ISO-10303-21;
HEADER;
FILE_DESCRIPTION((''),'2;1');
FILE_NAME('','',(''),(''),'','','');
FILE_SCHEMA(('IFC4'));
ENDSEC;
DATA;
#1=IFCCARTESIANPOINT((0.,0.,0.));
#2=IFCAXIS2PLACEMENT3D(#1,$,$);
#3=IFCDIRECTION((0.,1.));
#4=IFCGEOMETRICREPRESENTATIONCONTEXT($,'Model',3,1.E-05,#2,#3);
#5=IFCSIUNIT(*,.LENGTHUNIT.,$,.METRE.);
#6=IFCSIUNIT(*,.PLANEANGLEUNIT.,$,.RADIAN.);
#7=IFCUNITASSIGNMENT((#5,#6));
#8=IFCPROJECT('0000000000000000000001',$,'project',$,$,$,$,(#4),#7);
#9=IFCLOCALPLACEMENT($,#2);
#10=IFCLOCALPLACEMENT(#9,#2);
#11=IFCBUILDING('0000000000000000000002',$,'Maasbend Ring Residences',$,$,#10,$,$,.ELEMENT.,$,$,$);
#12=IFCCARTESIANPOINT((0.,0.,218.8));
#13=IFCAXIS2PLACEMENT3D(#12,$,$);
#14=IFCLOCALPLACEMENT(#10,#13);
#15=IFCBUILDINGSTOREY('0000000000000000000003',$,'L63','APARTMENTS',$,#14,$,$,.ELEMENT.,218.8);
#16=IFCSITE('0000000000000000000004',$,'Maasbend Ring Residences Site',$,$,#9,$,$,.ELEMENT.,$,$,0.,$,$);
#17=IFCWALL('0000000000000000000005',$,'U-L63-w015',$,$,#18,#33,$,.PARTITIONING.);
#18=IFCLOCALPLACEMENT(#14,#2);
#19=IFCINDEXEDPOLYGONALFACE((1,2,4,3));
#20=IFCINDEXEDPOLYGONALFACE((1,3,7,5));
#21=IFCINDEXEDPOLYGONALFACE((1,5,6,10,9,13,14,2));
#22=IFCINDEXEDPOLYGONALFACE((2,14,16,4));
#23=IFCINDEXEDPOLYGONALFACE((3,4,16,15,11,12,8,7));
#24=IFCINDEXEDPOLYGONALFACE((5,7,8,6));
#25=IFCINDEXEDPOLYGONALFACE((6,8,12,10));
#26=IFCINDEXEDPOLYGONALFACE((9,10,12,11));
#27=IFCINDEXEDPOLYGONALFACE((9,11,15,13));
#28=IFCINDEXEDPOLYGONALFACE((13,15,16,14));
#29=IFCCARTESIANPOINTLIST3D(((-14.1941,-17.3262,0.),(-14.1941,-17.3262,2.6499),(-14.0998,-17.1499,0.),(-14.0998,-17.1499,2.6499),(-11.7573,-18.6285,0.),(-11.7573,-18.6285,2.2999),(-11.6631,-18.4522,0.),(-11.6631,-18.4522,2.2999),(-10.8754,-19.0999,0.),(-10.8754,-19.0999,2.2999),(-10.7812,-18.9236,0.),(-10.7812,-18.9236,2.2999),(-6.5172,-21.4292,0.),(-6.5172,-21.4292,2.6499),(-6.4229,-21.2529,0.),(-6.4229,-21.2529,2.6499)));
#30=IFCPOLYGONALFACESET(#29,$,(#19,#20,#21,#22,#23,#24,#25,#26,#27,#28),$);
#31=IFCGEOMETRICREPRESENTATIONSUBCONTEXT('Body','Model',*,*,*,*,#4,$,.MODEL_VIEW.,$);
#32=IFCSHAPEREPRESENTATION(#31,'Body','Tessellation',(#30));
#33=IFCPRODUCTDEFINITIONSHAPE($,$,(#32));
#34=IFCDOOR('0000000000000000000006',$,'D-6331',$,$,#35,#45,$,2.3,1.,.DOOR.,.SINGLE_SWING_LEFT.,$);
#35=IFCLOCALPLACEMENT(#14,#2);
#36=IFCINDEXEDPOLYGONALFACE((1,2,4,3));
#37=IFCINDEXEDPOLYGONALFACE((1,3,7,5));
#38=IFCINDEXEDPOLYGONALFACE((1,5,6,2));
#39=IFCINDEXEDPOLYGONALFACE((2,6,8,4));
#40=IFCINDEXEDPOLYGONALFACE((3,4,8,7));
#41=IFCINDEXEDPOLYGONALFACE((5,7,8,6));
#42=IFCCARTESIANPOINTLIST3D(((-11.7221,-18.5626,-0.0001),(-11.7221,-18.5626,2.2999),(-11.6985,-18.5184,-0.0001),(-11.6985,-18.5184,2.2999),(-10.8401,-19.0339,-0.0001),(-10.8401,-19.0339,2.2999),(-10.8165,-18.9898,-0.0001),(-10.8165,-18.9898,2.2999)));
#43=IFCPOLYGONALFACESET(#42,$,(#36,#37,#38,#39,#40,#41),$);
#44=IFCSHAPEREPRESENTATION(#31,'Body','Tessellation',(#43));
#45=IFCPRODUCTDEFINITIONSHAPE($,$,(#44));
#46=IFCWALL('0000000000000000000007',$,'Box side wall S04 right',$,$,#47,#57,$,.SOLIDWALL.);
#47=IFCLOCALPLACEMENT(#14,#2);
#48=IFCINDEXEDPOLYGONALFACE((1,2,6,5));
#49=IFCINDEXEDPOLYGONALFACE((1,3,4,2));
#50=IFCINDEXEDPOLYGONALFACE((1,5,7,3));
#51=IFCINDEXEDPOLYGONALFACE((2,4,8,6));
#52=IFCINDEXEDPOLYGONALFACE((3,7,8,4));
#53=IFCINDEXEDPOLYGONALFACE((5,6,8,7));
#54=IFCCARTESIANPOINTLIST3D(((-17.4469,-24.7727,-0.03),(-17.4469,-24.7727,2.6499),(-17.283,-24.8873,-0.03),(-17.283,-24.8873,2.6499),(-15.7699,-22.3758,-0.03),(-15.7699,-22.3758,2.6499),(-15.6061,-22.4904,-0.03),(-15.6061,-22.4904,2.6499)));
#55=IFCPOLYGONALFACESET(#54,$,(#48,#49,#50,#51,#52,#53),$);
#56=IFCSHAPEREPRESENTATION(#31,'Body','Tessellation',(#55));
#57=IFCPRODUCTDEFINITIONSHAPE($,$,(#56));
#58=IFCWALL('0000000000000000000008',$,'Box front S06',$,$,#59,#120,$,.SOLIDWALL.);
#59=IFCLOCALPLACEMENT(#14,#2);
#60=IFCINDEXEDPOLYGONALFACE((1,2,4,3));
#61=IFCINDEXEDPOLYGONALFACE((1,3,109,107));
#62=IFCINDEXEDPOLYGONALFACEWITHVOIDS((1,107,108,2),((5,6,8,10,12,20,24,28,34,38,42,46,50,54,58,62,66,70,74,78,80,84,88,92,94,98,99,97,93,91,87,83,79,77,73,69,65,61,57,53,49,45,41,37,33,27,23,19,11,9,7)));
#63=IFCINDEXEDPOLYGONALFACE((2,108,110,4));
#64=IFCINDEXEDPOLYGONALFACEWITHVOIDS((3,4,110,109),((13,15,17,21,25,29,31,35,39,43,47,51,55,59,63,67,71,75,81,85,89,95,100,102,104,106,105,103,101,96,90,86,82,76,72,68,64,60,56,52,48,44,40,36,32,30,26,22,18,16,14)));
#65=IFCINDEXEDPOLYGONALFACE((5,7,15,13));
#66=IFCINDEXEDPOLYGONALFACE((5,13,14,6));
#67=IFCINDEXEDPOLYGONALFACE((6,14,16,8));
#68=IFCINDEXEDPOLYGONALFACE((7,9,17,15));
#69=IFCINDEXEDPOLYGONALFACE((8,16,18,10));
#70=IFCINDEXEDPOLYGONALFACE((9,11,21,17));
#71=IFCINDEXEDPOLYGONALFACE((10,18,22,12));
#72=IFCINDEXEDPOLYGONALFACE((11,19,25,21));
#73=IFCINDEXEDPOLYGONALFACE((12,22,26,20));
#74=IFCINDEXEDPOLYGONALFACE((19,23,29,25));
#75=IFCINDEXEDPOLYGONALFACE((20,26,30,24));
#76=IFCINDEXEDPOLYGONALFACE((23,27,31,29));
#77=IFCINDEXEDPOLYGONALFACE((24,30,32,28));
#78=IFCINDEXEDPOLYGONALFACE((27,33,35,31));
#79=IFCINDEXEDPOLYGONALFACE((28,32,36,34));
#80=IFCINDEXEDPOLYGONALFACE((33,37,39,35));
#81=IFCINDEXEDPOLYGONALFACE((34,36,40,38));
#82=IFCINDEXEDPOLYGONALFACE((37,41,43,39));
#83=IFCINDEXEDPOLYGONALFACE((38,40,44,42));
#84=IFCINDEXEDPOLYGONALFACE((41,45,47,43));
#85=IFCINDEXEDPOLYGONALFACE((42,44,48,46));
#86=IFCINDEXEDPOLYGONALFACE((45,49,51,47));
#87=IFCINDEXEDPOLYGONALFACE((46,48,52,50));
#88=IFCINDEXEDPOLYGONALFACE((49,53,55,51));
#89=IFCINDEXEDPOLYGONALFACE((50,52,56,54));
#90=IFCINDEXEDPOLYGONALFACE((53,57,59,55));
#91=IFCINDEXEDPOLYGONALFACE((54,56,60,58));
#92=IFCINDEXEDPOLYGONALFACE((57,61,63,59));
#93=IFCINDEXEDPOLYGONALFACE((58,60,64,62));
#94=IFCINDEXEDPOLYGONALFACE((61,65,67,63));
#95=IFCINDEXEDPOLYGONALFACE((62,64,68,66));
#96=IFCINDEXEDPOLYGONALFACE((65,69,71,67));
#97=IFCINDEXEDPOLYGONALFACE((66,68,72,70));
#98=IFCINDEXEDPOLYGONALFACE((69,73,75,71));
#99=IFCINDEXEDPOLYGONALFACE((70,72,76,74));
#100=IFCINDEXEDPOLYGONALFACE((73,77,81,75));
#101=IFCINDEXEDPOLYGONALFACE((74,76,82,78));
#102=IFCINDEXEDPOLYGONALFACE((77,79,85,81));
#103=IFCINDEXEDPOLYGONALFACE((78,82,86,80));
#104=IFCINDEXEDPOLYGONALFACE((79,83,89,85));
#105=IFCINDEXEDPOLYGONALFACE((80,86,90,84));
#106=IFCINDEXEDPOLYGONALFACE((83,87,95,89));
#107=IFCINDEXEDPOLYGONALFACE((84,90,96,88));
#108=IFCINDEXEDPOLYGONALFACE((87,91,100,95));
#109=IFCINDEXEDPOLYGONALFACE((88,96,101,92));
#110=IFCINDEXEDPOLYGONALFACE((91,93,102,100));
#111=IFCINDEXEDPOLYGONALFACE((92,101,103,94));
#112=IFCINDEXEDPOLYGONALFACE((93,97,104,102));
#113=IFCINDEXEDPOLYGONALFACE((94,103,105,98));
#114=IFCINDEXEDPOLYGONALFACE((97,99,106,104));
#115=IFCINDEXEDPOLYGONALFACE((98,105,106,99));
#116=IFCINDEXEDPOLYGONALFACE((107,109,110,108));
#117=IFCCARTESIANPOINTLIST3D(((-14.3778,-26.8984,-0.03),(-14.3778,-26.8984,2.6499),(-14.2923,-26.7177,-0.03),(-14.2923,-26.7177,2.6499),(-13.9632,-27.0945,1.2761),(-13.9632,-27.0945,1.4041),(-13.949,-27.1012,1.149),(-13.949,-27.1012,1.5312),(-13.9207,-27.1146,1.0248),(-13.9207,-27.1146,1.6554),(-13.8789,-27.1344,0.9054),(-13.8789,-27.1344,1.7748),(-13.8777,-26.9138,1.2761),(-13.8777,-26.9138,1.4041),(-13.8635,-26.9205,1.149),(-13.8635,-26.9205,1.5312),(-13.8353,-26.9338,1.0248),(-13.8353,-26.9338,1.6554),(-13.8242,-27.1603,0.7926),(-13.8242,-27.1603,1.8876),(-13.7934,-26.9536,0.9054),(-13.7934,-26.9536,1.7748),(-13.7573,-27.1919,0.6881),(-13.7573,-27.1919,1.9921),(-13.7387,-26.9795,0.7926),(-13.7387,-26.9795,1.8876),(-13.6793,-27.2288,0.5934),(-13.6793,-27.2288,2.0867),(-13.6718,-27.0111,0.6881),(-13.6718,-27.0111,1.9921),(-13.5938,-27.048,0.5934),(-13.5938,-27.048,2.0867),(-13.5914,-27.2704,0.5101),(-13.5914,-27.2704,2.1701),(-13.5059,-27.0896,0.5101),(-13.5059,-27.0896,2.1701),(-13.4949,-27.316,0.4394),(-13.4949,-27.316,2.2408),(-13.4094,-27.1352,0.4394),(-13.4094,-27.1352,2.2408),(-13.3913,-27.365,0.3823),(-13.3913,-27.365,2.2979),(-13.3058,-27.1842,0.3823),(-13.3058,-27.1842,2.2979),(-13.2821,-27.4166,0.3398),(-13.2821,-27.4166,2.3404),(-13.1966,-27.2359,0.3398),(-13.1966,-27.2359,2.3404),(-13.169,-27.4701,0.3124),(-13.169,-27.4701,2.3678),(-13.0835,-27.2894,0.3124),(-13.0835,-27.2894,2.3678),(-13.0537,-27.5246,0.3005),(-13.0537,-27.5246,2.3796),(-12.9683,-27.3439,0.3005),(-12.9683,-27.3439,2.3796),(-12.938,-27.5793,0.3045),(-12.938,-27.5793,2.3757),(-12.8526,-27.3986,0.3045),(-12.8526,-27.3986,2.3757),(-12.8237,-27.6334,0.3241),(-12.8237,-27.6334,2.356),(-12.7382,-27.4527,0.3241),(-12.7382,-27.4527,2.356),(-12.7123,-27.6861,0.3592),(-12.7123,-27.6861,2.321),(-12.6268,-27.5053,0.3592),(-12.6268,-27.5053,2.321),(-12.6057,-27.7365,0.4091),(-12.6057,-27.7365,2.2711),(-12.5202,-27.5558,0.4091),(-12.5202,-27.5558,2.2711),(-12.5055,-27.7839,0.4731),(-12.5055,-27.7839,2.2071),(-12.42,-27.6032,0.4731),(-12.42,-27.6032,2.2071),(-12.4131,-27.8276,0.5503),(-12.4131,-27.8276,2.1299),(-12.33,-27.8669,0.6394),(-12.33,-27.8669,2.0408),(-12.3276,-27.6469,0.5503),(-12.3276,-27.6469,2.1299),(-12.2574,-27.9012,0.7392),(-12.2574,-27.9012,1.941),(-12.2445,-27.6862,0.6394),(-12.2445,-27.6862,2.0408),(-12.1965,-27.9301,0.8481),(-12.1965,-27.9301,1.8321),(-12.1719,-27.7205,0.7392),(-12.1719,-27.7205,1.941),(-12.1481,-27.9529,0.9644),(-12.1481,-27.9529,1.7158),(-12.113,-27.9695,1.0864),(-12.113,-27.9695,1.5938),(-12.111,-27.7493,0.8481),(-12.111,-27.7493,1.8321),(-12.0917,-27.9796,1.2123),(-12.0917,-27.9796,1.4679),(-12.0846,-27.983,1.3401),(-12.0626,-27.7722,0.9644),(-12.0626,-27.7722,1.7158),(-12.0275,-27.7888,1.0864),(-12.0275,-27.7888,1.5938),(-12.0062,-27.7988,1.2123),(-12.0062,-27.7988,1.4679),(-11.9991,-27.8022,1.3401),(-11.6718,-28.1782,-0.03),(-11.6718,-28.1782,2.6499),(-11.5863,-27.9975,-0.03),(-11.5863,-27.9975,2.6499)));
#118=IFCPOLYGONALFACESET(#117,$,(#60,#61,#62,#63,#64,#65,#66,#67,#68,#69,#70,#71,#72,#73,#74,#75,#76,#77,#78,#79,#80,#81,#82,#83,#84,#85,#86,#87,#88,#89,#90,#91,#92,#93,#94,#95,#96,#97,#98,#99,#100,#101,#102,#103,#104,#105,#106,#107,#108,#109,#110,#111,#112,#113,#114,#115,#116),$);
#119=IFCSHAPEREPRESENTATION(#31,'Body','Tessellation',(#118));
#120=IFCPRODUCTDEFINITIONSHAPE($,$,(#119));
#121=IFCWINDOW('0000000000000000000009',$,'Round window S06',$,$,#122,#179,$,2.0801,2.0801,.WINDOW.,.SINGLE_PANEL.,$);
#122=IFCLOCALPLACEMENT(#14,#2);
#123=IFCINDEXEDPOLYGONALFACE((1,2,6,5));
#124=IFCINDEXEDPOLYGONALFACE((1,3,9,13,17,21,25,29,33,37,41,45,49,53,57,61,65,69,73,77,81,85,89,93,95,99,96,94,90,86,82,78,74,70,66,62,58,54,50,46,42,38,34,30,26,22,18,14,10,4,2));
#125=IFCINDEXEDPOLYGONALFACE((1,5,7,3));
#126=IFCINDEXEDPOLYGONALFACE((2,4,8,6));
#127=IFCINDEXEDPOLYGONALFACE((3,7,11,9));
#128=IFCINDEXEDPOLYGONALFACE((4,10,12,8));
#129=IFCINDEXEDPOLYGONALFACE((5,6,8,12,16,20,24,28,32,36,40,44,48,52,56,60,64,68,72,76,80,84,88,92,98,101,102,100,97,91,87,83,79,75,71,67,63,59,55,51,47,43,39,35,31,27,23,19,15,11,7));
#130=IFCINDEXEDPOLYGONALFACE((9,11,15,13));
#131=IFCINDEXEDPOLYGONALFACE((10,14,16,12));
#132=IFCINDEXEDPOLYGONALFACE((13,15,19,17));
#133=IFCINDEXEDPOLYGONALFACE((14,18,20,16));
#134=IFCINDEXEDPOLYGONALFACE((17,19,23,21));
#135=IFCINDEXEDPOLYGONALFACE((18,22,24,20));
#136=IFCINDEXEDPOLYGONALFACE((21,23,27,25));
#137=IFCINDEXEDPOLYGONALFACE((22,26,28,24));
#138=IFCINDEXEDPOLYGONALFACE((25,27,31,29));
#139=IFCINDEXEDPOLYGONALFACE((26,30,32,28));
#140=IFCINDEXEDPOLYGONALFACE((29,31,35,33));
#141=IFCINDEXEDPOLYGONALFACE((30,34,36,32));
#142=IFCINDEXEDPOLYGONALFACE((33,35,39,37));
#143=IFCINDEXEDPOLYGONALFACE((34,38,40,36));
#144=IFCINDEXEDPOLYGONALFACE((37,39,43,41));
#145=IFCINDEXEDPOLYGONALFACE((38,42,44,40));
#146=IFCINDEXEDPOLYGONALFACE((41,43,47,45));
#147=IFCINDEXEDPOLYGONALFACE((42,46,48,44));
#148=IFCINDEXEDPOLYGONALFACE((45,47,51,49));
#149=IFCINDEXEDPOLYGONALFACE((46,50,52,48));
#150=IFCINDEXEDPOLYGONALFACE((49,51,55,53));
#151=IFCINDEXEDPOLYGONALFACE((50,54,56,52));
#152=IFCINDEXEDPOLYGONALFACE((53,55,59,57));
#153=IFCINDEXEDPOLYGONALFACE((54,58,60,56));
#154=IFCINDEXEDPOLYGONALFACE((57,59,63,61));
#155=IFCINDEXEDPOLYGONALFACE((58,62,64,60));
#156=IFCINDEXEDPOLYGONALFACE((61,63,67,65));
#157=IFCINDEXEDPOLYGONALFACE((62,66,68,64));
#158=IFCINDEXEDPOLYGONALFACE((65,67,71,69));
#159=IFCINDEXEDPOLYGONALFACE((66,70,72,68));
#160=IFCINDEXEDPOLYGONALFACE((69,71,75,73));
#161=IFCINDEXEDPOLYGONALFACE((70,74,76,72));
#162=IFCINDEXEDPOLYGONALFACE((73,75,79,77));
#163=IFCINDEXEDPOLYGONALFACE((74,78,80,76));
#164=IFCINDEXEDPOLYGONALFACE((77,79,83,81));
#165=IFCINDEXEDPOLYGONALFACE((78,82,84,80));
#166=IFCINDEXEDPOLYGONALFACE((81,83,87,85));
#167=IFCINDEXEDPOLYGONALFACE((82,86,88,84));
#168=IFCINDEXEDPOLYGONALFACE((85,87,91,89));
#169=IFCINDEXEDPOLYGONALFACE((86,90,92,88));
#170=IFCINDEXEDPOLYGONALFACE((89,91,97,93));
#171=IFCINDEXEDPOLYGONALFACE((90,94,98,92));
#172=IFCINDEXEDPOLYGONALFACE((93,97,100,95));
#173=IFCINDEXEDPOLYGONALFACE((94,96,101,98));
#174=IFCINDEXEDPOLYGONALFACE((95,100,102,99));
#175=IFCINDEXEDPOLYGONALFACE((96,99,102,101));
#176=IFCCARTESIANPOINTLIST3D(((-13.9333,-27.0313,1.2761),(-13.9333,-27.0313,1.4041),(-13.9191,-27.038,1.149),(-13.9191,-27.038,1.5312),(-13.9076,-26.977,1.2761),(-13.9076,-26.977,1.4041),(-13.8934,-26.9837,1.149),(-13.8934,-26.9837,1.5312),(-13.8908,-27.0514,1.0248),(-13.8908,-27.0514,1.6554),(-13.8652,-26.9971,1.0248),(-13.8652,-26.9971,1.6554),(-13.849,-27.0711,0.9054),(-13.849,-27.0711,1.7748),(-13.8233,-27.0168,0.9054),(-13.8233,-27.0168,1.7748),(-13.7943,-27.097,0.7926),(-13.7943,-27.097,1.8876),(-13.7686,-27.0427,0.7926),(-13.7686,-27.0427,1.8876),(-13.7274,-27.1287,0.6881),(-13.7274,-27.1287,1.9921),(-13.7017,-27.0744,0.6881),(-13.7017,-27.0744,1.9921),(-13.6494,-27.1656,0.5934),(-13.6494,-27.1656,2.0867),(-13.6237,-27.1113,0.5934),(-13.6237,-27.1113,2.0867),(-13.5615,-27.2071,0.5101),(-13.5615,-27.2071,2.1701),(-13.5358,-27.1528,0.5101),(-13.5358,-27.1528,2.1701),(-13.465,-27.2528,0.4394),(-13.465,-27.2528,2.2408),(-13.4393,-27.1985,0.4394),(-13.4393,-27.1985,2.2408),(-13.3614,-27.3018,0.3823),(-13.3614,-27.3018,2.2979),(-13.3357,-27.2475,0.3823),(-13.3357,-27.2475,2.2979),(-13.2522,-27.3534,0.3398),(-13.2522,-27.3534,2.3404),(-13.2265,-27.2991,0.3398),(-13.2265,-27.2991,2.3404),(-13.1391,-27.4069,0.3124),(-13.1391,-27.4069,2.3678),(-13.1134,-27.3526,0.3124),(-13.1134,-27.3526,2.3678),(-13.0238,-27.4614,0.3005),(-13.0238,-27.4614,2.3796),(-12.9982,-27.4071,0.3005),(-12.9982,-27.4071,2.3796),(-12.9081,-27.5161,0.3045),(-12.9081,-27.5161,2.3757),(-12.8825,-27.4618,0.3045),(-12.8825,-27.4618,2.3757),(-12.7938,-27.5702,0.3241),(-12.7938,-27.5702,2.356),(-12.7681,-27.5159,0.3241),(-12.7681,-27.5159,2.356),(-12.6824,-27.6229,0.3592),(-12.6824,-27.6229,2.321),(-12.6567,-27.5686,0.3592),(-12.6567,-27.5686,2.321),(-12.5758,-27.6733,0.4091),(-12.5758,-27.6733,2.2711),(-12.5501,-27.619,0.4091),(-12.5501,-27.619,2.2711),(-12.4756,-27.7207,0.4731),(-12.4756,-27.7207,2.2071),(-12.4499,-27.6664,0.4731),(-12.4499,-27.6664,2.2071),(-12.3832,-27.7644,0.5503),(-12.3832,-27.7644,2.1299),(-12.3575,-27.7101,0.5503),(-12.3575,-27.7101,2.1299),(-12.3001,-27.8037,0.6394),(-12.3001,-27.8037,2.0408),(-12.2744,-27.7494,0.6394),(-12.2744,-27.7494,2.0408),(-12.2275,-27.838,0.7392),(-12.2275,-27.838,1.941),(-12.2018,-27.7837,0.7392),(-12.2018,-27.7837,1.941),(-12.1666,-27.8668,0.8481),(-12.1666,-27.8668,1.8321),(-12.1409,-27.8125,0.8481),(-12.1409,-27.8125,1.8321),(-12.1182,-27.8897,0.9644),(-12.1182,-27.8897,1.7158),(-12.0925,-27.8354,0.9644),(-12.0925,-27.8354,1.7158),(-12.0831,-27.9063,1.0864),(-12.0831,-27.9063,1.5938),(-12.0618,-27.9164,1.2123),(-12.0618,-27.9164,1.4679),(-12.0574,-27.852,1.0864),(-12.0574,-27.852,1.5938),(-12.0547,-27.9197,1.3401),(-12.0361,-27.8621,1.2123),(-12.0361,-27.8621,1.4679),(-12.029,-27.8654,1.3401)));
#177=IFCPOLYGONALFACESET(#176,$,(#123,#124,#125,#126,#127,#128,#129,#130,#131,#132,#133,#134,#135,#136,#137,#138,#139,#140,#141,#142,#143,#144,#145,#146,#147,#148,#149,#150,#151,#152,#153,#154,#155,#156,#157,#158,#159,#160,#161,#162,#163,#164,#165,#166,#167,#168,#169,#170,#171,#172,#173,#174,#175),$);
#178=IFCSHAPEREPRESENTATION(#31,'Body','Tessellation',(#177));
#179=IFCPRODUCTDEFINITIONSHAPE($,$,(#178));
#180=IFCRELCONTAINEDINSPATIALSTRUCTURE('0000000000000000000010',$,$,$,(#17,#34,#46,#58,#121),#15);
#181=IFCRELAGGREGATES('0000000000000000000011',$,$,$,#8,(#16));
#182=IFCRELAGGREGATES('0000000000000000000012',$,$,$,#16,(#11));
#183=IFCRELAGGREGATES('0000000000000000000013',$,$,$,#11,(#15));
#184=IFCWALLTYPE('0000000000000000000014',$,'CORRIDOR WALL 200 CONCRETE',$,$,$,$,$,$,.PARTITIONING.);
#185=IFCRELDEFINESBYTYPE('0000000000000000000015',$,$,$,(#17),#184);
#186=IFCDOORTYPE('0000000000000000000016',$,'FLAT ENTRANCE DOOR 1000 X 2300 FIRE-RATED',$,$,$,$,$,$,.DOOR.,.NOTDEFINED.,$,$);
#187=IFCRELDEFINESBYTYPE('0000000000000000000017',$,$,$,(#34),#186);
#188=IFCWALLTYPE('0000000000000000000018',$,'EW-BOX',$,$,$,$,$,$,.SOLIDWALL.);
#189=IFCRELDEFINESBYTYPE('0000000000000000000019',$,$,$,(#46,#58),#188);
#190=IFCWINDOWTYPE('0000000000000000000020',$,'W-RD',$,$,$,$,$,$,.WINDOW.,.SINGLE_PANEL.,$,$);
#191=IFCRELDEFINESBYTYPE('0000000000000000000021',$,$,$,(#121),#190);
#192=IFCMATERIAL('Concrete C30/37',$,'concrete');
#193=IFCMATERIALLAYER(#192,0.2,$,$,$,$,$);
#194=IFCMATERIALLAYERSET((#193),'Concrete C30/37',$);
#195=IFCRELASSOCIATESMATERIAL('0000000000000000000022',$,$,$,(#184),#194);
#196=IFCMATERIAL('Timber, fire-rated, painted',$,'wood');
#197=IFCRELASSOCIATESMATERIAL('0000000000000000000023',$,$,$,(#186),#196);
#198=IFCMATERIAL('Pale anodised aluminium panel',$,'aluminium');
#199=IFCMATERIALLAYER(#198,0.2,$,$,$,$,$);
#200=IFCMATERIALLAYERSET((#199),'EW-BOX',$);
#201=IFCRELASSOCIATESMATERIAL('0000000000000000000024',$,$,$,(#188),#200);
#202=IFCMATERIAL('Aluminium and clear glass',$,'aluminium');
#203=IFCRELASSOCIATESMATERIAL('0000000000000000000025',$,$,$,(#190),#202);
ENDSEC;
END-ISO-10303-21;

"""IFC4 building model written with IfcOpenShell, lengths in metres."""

from ifc_helpers import new_model, si_unit, direction, frame, frame_2d, origin, place, context, subcontext, project, spatial, rectangle, circle, extrude, material, layer, layer_set, type_object, element, fill, save


model = new_model("IFC4")

# Units and contexts
model_context = context("Model", 3, precision=1e-05, world=origin(), true_north=direction((0.0, 1.0)))
body_context = subcontext(model_context, "Body", "Model", "MODEL_VIEW")
ifc_project = project(units=[si_unit("LENGTHUNIT", "METRE"), si_unit("PLANEANGLEUNIT", "RADIAN")], contexts=[model_context])

# Site, building, storey
site_placement = place(None, origin())
site = spatial("IfcSite", under=ifc_project, at=site_placement, Name="Maasbend Ring Residences Site", CompositionType="ELEMENT", RefElevation=0.0)
building_placement = place(site_placement, origin())
building = spatial("IfcBuilding", under=site, at=building_placement, Name="Maasbend Ring Residences", CompositionType="ELEMENT")
storey_placement = place(building_placement, frame((0.0, 0.0, 218.8)))
storey = spatial("IfcBuildingStorey", under=building, at=storey_placement, Name="L63", Description="APARTMENTS", CompositionType="ELEMENT", Elevation=218.8)

# Wall, opening, door
ifc_material_1 = material(Name="Concrete C30/37", Category="concrete")
ifc_layer_1 = layer(ifc_material_1, 0.2)
ifc_layer_set_1 = layer_set([ifc_layer_1], Name="Concrete C30/37")
wall_type_1 = type_object("IfcWallType", Name="CORRIDOR WALL 200 CONCRETE", PredefinedType="PARTITIONING", material=ifc_layer_set_1)
wall_1_placement = place(storey_placement, frame((-14.147, -17.238, 0.0), z_axis=(0.0, 0.0, 1.0), x_axis=(0.881941, -0.47136, 0.0)))
wall_1 = element("IfcWall", 1, at=wall_1_placement, inside=storey, type_object=wall_type_1, Name="U-L63-w015", PredefinedType="PARTITIONING", context=body_context, shape_type="SweptSolid", body=[
    extrude(rectangle(XDim=8.7046, YDim=0.2, at=frame_2d((4.3523, 0.0))), origin(), (0.0, 0.0, 1.0), 2.6499),
])
opening_1_placement = place(wall_1_placement, frame((2.7629, 0.0, 0.0)))
opening_1 = element("IfcOpeningElement", 2, at=opening_1_placement, cuts=wall_1, PredefinedType="OPENING", context=body_context, shape_type="SweptSolid", body=[
    extrude(rectangle(XDim=1.0, YDim=2.3, at=frame_2d((0.5, 1.1499))), frame((0.0, 0.1099, 0.0), z_axis=(0.0, -1.0, 0.0), x_axis=(1.0, 0.0, 0.0)), (0.0, 0.0, 1.0), 0.22),
])
ifc_material_2 = material(Name="Timber, fire-rated, painted", Category="wood")
door_type_1 = type_object("IfcDoorType", Name="FLAT ENTRANCE DOOR 1000 X 2300 FIRE-RATED", OperationType="NOTDEFINED", PredefinedType="DOOR", material=ifc_material_2)
door_1_placement = place(opening_1_placement, origin())
door_1 = element("IfcDoor", 3, at=door_1_placement, inside=storey, type_object=door_type_1, Name="D-6331", OperationType="SINGLE_SWING_LEFT", OverallHeight=2.3, OverallWidth=1.0, PredefinedType="DOOR", context=body_context, shape_type="SweptSolid", body=[
    extrude(rectangle(XDim=1.0, YDim=2.3, at=frame_2d((0.5, 1.1499))), frame((0.0, 0.0249, 0.0), z_axis=(0.0, -1.0, 0.0), x_axis=(1.0, 0.0, 0.0)), (0.0, 0.0, 1.0), 0.05),
])
fill(opening_1, door_1)

# Wall
ifc_material_3 = material(Name="Pale anodised aluminium panel", Category="aluminium")
ifc_layer_2 = layer(ifc_material_3, 0.2)
ifc_layer_set_2 = layer_set([ifc_layer_2], Name="EW-BOX")
wall_type_2 = type_object("IfcWallType", Name="EW-BOX", PredefinedType="SOLIDWALL", material=ifc_layer_set_2)
wall_2_placement = place(storey_placement, frame((-15.688, -22.4331, -0.03), z_axis=(0.0, 0.0, 1.0), x_axis=(-0.573261, -0.819373, 0.0)))
element("IfcWall", 4, at=wall_2_placement, inside=storey, type_object=wall_type_2, Name="Box side wall S04 right", PredefinedType="SOLIDWALL", context=body_context, shape_type="SweptSolid", body=[
    extrude(rectangle(XDim=2.9253, YDim=0.2, at=frame_2d((1.4626, 0.0))), origin(), (0.0, 0.0, 1.0), 2.6799),
])

# Wall, opening, window
wall_3_placement = place(storey_placement, frame((-14.335, -26.8081, -0.03), z_axis=(0.0, 0.0, 1.0), x_axis=(0.904, -0.427532, 0.0)))
wall_3 = element("IfcWall", 5, at=wall_3_placement, inside=storey, type_object=wall_type_2, Name="Box front S06", PredefinedType="SOLIDWALL", context=body_context, shape_type="SweptSolid", body=[
    extrude(rectangle(XDim=2.9934, YDim=0.2, at=frame_2d((1.4966, 0.0))), origin(), (0.0, 0.0, 1.0), 2.6799),
])
opening_2_placement = place(wall_3_placement, frame((0.4565, 0.0, 0.3301)))
opening_2 = element("IfcOpeningElement", 6, at=opening_2_placement, cuts=wall_3, PredefinedType="OPENING", context=body_context, shape_type="SweptSolid", body=[
    extrude(circle(Radius=1.04, at=frame_2d((1.04, 1.04))), frame((0.0, 0.1099, 0.0), z_axis=(0.0, -1.0, 0.0), x_axis=(1.0, 0.0, 0.0)), (0.0, 0.0, 1.0), 0.22),
])
ifc_material_4 = material(Name="Aluminium and clear glass", Category="aluminium")
window_type_1 = type_object("IfcWindowType", Name="W-RD", PartitioningType="SINGLE_PANEL", PredefinedType="WINDOW", material=ifc_material_4)
window_1_placement = place(opening_2_placement, origin())
window_1 = element("IfcWindow", 7, at=window_1_placement, inside=storey, type_object=window_type_1, Name="Round window S06", OverallHeight=2.0801, OverallWidth=2.0801, PartitioningType="SINGLE_PANEL", PredefinedType="WINDOW", context=body_context, shape_type="SweptSolid", body=[
    extrude(circle(Radius=1.04, at=frame_2d((1.04, 1.04))), frame((0.0, 0.03, 0.0), z_axis=(0.0, -1.0, 0.0), x_axis=(1.0, 0.0, 0.0)), (0.0, 0.0, 1.0), 0.0601),
])
fill(opening_2, window_1)

save(model, "model.ifc")
